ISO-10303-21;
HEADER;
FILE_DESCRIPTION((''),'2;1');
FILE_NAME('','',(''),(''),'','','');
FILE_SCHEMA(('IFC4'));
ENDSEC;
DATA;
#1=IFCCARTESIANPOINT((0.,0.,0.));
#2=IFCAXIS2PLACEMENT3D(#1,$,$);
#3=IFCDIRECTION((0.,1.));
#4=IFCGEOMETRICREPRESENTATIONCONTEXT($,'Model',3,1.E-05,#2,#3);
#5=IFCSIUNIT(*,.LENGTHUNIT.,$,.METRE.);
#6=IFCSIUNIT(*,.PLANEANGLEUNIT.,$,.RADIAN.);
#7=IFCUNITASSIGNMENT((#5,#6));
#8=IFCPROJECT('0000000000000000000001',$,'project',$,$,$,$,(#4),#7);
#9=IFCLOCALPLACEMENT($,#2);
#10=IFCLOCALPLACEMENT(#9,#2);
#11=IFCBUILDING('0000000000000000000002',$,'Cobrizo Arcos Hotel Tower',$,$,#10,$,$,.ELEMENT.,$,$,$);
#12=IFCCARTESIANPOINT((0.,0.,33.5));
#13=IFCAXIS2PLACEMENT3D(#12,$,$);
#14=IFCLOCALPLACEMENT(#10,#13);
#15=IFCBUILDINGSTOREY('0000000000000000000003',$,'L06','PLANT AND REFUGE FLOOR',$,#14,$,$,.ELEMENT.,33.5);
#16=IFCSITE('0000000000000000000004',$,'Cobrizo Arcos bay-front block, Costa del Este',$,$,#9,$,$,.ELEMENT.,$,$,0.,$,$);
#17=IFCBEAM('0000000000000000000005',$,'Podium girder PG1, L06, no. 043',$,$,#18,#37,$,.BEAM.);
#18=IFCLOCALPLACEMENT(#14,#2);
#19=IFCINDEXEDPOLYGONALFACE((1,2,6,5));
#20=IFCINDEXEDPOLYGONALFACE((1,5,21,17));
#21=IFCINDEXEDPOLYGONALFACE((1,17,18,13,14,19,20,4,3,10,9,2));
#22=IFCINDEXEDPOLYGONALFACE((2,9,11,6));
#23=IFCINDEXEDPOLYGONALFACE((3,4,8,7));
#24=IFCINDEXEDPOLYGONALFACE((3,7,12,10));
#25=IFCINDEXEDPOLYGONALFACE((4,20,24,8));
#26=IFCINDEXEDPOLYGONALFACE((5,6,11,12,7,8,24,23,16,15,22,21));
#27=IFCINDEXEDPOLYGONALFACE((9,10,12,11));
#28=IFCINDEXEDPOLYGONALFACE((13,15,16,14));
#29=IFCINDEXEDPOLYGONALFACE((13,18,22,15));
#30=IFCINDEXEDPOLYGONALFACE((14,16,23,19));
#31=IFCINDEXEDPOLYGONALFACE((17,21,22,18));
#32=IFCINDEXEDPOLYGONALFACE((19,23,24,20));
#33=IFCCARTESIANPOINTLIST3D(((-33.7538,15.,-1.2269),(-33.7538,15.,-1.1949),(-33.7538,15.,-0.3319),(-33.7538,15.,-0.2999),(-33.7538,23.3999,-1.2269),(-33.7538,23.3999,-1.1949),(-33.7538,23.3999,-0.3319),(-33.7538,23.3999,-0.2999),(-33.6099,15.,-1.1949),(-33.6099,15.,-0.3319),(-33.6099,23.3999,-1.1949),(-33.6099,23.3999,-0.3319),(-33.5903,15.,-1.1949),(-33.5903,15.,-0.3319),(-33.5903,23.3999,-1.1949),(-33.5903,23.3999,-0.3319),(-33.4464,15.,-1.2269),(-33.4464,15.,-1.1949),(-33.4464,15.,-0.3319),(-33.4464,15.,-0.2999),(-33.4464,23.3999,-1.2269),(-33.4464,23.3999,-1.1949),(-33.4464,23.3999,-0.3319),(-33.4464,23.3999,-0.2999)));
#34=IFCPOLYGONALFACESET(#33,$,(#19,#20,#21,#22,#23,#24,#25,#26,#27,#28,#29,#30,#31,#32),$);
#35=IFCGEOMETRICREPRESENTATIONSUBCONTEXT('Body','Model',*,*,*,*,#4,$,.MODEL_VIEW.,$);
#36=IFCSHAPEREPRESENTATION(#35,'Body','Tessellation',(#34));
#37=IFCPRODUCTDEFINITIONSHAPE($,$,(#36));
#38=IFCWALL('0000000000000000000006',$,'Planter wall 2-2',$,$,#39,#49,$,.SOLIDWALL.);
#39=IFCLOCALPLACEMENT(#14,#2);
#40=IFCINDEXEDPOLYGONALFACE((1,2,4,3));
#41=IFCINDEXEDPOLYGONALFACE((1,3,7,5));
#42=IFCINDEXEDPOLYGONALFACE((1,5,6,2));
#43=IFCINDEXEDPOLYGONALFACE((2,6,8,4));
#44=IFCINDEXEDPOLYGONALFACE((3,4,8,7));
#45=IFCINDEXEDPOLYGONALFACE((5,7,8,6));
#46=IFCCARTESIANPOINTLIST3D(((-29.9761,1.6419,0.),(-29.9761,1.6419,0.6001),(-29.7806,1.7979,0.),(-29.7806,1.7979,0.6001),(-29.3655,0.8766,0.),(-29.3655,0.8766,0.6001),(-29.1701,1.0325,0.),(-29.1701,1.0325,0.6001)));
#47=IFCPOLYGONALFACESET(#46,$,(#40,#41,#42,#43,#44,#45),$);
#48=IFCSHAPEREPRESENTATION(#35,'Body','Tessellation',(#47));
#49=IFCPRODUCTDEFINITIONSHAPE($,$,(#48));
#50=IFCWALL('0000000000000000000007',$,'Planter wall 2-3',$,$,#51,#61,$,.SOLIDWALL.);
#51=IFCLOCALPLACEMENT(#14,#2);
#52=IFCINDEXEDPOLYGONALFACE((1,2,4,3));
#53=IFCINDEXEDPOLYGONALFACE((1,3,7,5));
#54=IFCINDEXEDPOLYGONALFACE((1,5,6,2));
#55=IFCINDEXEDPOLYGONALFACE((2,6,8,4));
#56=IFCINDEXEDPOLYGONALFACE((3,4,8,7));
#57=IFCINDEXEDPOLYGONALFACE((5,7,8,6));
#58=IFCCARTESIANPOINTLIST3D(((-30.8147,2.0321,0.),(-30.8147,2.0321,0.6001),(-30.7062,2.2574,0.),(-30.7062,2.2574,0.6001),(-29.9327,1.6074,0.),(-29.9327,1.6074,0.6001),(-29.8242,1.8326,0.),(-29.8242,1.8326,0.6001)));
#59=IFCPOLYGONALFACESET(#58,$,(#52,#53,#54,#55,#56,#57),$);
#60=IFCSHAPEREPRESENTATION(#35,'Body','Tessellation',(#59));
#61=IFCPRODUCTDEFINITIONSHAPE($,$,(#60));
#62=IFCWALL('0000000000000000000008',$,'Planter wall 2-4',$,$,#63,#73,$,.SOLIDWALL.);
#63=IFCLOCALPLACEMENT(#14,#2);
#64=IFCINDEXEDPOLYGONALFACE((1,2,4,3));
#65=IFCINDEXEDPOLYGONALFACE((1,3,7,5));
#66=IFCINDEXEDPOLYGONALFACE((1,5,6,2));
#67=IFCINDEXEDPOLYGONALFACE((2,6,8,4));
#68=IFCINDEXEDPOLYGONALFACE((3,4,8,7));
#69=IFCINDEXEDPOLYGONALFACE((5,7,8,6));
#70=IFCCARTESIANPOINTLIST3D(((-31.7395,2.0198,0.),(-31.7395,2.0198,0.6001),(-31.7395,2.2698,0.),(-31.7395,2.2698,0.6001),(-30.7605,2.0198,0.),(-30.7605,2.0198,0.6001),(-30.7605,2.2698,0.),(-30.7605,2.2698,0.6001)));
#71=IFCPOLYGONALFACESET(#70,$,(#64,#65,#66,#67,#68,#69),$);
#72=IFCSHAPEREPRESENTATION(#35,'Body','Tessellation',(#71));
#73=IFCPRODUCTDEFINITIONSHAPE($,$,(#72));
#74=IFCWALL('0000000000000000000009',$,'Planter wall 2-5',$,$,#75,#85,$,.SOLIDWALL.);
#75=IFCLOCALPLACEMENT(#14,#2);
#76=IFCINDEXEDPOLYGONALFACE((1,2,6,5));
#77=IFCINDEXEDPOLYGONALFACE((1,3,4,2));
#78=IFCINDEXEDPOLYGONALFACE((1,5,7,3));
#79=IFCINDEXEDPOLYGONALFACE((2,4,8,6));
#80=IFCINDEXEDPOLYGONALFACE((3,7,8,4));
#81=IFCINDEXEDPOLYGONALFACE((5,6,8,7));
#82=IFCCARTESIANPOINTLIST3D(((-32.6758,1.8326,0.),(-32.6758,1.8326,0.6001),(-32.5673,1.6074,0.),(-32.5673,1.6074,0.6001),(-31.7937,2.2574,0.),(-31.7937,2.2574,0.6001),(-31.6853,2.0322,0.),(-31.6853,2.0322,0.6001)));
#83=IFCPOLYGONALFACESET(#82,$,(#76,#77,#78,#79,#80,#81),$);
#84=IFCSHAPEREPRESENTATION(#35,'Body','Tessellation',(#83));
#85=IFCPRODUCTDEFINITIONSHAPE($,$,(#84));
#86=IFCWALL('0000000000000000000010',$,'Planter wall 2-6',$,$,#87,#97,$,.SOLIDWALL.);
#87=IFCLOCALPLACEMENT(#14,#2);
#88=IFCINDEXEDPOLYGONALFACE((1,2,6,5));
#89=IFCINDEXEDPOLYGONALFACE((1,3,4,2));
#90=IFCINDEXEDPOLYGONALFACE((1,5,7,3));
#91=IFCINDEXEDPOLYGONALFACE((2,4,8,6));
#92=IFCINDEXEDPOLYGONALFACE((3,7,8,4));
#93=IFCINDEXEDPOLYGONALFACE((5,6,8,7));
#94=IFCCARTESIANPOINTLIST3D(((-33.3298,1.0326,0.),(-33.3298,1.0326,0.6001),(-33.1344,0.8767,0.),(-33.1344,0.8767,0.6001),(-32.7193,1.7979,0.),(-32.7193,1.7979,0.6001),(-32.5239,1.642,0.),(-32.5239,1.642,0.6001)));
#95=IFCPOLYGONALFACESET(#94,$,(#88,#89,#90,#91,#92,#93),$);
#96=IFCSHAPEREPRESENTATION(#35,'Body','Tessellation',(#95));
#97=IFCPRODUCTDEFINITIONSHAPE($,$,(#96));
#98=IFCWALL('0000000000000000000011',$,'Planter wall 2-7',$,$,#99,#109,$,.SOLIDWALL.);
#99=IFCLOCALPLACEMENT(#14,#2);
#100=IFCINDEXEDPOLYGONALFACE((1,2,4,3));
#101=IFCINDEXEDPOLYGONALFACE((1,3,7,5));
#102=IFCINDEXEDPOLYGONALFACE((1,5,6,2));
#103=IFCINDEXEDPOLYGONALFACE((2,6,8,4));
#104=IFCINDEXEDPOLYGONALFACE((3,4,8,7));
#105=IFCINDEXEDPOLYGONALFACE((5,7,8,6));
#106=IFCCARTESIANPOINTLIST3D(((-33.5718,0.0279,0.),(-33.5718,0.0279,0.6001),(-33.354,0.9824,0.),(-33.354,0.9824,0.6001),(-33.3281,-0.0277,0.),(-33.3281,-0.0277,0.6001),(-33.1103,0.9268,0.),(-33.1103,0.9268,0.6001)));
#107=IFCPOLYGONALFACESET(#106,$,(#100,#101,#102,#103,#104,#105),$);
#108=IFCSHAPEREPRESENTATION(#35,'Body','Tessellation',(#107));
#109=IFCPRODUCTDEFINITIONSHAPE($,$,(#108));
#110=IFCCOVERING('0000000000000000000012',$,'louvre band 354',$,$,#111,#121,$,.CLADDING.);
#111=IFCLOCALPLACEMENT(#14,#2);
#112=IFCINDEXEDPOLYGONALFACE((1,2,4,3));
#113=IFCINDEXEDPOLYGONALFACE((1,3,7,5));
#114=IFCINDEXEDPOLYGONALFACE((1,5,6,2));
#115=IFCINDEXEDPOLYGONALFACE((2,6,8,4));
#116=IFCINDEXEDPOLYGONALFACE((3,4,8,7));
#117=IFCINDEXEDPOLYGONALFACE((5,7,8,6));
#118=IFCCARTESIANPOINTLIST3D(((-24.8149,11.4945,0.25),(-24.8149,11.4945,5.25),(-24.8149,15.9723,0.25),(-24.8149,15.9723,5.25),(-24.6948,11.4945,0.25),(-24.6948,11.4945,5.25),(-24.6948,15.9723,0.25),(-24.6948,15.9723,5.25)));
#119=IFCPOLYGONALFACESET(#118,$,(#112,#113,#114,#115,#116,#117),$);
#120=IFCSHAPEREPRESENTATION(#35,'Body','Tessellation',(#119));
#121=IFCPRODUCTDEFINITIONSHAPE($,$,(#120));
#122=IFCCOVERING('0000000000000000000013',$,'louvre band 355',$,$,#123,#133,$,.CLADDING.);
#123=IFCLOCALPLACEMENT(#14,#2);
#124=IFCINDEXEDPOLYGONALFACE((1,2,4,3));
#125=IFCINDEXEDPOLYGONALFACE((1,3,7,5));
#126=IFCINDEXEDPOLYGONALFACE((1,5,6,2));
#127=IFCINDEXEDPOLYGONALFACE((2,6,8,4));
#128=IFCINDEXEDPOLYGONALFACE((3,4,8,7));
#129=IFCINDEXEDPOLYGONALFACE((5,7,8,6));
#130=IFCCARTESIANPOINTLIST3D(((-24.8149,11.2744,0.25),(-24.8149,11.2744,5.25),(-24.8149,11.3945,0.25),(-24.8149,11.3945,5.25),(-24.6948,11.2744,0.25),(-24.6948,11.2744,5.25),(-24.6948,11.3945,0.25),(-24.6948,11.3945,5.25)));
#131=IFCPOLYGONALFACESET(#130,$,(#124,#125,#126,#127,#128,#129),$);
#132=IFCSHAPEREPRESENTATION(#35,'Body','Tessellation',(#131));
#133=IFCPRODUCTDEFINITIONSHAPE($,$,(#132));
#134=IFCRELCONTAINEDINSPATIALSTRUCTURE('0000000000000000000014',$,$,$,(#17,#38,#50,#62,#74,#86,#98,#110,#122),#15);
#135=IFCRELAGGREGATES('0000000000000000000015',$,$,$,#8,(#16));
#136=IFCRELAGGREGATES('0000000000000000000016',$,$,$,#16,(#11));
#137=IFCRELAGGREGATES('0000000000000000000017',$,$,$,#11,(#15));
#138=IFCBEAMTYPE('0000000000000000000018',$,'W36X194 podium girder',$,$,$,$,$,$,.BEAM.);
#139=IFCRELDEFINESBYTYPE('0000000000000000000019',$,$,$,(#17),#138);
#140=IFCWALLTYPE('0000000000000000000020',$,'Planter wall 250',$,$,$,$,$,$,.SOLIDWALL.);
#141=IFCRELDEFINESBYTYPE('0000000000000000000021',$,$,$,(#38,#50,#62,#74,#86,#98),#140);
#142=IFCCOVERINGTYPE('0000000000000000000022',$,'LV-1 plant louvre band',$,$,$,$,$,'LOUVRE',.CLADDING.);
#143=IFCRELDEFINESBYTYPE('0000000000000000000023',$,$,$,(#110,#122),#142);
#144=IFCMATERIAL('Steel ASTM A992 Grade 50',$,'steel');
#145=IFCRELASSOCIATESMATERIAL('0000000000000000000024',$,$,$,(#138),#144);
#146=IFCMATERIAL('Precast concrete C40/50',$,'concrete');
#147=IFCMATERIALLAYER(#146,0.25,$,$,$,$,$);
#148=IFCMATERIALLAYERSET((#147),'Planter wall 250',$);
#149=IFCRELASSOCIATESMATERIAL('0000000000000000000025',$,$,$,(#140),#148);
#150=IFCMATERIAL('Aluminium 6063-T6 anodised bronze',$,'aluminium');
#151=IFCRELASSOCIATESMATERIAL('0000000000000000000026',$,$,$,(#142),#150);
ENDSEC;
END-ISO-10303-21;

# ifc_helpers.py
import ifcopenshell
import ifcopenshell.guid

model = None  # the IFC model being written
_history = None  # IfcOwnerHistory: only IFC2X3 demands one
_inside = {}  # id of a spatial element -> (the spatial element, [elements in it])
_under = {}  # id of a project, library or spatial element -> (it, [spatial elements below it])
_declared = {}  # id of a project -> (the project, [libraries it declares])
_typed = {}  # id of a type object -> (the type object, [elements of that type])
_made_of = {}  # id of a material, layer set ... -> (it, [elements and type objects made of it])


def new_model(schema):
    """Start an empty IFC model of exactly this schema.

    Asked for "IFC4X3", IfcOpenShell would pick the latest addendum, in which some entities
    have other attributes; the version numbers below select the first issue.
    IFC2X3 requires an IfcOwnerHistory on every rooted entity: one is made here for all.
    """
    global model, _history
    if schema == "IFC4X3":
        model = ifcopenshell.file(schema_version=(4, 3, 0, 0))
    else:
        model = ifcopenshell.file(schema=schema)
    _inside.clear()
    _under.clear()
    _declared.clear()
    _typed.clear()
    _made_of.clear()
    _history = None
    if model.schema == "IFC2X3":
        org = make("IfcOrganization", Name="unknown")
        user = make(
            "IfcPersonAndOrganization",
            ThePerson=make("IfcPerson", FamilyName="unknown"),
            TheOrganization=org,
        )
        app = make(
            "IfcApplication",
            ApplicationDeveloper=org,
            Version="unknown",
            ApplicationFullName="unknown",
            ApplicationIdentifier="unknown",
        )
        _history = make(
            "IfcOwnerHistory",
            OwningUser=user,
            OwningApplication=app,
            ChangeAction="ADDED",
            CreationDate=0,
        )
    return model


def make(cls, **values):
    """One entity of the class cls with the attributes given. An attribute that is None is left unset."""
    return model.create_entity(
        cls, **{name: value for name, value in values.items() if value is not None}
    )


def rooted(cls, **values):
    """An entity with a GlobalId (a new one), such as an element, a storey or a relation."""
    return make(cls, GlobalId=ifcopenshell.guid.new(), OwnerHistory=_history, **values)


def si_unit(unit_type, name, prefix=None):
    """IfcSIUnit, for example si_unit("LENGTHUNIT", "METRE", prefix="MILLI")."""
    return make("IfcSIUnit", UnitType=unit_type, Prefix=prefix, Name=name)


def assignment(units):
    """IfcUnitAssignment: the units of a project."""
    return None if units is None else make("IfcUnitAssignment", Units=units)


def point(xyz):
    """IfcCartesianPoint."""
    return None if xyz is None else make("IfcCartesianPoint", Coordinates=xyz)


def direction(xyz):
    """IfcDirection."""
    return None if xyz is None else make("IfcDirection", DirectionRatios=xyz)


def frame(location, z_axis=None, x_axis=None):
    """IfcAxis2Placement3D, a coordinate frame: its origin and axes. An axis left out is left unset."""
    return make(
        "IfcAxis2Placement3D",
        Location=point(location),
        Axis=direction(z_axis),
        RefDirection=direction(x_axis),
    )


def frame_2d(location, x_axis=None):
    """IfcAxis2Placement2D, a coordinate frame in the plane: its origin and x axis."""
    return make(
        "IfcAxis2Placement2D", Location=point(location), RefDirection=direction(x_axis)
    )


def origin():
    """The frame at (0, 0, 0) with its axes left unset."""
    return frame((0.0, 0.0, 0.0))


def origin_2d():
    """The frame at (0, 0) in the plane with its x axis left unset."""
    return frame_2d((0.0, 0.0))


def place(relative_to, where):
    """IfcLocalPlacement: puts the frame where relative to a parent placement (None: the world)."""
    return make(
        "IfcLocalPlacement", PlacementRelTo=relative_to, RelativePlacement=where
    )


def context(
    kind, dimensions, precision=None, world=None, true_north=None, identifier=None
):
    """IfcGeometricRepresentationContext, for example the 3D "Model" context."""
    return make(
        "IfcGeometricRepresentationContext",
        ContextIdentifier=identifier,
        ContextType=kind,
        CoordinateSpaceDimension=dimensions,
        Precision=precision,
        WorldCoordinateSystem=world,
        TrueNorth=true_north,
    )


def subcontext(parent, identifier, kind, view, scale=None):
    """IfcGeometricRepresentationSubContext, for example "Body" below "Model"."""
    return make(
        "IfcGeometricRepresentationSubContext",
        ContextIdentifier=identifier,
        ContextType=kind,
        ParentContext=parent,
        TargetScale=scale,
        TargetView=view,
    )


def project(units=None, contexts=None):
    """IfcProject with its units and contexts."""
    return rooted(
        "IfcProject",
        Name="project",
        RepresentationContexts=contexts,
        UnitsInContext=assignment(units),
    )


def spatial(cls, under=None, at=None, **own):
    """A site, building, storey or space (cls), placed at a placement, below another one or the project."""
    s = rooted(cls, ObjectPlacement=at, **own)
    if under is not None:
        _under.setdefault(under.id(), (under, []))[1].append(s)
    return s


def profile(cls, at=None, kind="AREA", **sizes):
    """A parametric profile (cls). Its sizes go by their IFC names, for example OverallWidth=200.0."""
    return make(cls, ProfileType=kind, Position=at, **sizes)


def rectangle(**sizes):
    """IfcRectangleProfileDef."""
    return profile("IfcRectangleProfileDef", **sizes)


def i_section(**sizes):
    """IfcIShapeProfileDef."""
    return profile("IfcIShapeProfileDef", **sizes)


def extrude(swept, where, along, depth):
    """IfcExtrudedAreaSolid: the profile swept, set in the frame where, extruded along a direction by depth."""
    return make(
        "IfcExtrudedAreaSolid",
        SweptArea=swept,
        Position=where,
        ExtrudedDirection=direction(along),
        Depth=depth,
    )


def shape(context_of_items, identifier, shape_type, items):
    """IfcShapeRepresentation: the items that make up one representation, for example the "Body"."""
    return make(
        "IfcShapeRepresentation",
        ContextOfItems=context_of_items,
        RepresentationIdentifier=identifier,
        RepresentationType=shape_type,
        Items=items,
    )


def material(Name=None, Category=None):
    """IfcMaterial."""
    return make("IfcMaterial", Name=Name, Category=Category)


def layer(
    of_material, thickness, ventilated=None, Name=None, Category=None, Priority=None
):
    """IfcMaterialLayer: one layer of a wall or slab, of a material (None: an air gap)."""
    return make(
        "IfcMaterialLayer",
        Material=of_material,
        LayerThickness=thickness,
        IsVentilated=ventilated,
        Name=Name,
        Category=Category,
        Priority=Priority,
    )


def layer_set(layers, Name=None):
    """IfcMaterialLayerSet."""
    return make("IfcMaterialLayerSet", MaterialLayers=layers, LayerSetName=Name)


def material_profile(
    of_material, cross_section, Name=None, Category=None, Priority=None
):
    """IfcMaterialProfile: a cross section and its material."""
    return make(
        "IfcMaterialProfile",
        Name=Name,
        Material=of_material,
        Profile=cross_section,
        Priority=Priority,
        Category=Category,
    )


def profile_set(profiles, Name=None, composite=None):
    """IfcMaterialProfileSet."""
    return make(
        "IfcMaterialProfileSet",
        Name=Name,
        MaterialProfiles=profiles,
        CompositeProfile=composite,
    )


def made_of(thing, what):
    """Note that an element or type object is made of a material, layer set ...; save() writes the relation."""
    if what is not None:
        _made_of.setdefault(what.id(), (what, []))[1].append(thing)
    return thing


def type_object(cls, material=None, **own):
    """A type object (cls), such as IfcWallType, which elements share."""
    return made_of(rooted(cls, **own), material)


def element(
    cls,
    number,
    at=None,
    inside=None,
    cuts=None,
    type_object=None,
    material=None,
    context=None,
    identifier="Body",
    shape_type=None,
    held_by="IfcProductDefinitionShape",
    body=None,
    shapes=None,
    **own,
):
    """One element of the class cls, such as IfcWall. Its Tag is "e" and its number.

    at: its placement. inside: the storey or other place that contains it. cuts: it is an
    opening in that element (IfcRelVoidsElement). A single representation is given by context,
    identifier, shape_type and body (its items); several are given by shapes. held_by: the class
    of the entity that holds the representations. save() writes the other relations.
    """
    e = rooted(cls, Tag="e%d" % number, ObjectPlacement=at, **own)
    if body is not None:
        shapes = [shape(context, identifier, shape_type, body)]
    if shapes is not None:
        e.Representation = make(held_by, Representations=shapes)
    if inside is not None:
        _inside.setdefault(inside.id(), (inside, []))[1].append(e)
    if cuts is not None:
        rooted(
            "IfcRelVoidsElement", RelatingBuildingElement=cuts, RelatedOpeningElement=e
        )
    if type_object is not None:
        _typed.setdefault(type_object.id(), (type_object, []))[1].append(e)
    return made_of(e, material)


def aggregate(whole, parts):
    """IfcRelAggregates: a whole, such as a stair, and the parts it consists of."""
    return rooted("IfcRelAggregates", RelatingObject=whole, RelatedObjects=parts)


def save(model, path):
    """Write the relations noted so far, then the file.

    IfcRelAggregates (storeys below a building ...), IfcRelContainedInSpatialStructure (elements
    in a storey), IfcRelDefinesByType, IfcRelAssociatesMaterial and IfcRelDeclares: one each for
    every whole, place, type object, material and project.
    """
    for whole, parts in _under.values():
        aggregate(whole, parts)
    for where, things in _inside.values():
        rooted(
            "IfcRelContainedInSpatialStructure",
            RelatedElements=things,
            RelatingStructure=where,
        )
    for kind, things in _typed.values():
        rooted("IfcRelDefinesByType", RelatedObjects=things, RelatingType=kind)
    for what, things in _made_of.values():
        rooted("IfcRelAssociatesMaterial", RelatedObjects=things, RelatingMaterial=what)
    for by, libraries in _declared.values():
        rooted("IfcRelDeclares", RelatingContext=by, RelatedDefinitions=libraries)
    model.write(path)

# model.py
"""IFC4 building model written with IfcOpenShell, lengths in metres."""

from ifc_helpers import new_model, si_unit, direction, frame, frame_2d, origin, origin_2d, place, context, subcontext, project, spatial, rectangle, i_section, extrude, material, layer, layer_set, material_profile, profile_set, type_object, element, save


model = new_model("IFC4")

# Units and contexts
model_context = context("Model", 3, precision=1e-05, world=origin(), true_north=direction((0.0, 1.0)))
body_context = subcontext(model_context, "Body", "Model", "MODEL_VIEW")
ifc_project = project(units=[si_unit("LENGTHUNIT", "METRE"), si_unit("PLANEANGLEUNIT", "RADIAN")], contexts=[model_context])

# Site, building, storey
site_placement = place(None, origin())
site = spatial("IfcSite", under=ifc_project, at=site_placement, Name="Cobrizo Arcos bay-front block, Costa del Este", CompositionType="ELEMENT", RefElevation=0.0)
building_placement = place(site_placement, origin())
building = spatial("IfcBuilding", under=site, at=building_placement, Name="Cobrizo Arcos Hotel Tower", CompositionType="ELEMENT")
storey_placement = place(building_placement, frame((0.0, 0.0, 33.5)))
storey = spatial("IfcBuildingStorey", under=building, at=storey_placement, Name="L06", Description="PLANT AND REFUGE FLOOR", CompositionType="ELEMENT", Elevation=33.5)

# Shared definitions
ifc_material_1 = material(Name="Aluminium 6063-T6 anodised bronze", Category="aluminium")

# Beam
ifc_material_2 = material(Name="Steel ASTM A992 Grade 50", Category="steel")
ifc_material_profile_1 = material_profile(ifc_material_2, i_section(OverallWidth=0.3074, OverallDepth=0.927, WebThickness=0.0195, FlangeThickness=0.032, at=origin_2d()), Name="W36X194")
ifc_profile_set_1 = profile_set([ifc_material_profile_1], Name="Steel ASTM A992 Grade 50")
beam_type_1 = type_object("IfcBeamType", Name="W36X194 podium girder", PredefinedType="BEAM", material=ifc_profile_set_1)
beam_1_placement = place(storey_placement, frame((-33.6001, 15.0, -0.7634), z_axis=(0.0, 1.0, 0.0), x_axis=(-1.0, 0.0, 0.0)))
element("IfcBeam", 1, at=beam_1_placement, inside=storey, type_object=beam_type_1, Name="Podium girder PG1, L06, no. 043", PredefinedType="BEAM", context=body_context, shape_type="SweptSolid", body=[
    extrude(i_section(OverallWidth=0.3074, OverallDepth=0.927, WebThickness=0.0195, FlangeThickness=0.032, at=origin_2d()), origin(), (0.0, 0.0, 1.0), 8.3999),
])

# Walls
ifc_material_3 = material(Name="Precast concrete C40/50", Category="concrete")
ifc_layer = layer(ifc_material_3, 0.25)
ifc_layer_set = layer_set([ifc_layer], Name="Planter wall 250")
wall_type = type_object("IfcWallType", Name="Planter wall 250", PredefinedType="SOLIDWALL", material=ifc_layer_set)
for number, where, z_axis, x_axis, name in (
    (2, (-29.2678, 0.9546, 0.0), (0.0, 0.0, 1.0), (-0.62363, 0.78172, 0.0), "Planter wall 2-2"),
    (3, (-29.8784, 1.72, 0.0), (0.0, 0.0, 1.0), (-0.900962, 0.433898, 0.0), "Planter wall 2-3"),
    (4, (-30.7605, 2.1448, 0.0), (0.0, 0.0, 1.0), (-1.0, 0.0, 0.0), "Planter wall 2-4"),
    (5, (-31.7395, 2.1448, 0.0), (0.0, 0.0, 1.0), (-0.900962, -0.433898, 0.0), "Planter wall 2-5"),
    (6, (-32.6216, 1.72, 0.0), (0.0, 0.0, 1.0), (-0.62363, -0.78172, 0.0), "Planter wall 2-6"),
    (7, (-33.2322, 0.9546, 0.0), (0.0, 0.0, 1.0), (-0.222419, -0.974951, 0.0), "Planter wall 2-7"),
):
    element("IfcWall", number, at=place(storey_placement, frame(where, z_axis=z_axis, x_axis=x_axis)), inside=storey, type_object=wall_type, Name=name, PredefinedType="SOLIDWALL", context=body_context, shape_type="SweptSolid", body=[
        extrude(rectangle(XDim=0.979, YDim=0.25, at=frame_2d((0.4895, 0.0))), origin(), (0.0, 0.0, 1.0), 0.6001),
    ])

# Coverings
covering_type = type_object("IfcCoveringType", Name="LV-1 plant louvre band", ElementType="LOUVRE", PredefinedType="CLADDING", material=ifc_material_1)
covering_1_placement = place(storey_placement, frame((-24.7549, 13.7334, 0.25), z_axis=(0.0, 0.0, 1.0), x_axis=(0.0, -1.0, 0.0)))
element("IfcCovering", 8, at=covering_1_placement, inside=storey, type_object=covering_type, Name="louvre band 354", PredefinedType="CLADDING", context=body_context, shape_type="SweptSolid", body=[
    extrude(rectangle(XDim=4.4778, YDim=0.1201, at=origin_2d()), origin(), (0.0, 0.0, 1.0), 5.0),
])
covering_2_placement = place(storey_placement, frame((-24.7549, 11.3345, 0.25), z_axis=(0.0, 0.0, 1.0), x_axis=(0.0, -1.0, 0.0)))
element("IfcCovering", 9, at=covering_2_placement, inside=storey, type_object=covering_type, Name="louvre band 355", PredefinedType="CLADDING", context=body_context, shape_type="SweptSolid", body=[
    extrude(rectangle(XDim=0.1201, YDim=0.1201, at=origin_2d()), origin(), (0.0, 0.0, 1.0), 5.0),
])

save(model, "model.ifc")
